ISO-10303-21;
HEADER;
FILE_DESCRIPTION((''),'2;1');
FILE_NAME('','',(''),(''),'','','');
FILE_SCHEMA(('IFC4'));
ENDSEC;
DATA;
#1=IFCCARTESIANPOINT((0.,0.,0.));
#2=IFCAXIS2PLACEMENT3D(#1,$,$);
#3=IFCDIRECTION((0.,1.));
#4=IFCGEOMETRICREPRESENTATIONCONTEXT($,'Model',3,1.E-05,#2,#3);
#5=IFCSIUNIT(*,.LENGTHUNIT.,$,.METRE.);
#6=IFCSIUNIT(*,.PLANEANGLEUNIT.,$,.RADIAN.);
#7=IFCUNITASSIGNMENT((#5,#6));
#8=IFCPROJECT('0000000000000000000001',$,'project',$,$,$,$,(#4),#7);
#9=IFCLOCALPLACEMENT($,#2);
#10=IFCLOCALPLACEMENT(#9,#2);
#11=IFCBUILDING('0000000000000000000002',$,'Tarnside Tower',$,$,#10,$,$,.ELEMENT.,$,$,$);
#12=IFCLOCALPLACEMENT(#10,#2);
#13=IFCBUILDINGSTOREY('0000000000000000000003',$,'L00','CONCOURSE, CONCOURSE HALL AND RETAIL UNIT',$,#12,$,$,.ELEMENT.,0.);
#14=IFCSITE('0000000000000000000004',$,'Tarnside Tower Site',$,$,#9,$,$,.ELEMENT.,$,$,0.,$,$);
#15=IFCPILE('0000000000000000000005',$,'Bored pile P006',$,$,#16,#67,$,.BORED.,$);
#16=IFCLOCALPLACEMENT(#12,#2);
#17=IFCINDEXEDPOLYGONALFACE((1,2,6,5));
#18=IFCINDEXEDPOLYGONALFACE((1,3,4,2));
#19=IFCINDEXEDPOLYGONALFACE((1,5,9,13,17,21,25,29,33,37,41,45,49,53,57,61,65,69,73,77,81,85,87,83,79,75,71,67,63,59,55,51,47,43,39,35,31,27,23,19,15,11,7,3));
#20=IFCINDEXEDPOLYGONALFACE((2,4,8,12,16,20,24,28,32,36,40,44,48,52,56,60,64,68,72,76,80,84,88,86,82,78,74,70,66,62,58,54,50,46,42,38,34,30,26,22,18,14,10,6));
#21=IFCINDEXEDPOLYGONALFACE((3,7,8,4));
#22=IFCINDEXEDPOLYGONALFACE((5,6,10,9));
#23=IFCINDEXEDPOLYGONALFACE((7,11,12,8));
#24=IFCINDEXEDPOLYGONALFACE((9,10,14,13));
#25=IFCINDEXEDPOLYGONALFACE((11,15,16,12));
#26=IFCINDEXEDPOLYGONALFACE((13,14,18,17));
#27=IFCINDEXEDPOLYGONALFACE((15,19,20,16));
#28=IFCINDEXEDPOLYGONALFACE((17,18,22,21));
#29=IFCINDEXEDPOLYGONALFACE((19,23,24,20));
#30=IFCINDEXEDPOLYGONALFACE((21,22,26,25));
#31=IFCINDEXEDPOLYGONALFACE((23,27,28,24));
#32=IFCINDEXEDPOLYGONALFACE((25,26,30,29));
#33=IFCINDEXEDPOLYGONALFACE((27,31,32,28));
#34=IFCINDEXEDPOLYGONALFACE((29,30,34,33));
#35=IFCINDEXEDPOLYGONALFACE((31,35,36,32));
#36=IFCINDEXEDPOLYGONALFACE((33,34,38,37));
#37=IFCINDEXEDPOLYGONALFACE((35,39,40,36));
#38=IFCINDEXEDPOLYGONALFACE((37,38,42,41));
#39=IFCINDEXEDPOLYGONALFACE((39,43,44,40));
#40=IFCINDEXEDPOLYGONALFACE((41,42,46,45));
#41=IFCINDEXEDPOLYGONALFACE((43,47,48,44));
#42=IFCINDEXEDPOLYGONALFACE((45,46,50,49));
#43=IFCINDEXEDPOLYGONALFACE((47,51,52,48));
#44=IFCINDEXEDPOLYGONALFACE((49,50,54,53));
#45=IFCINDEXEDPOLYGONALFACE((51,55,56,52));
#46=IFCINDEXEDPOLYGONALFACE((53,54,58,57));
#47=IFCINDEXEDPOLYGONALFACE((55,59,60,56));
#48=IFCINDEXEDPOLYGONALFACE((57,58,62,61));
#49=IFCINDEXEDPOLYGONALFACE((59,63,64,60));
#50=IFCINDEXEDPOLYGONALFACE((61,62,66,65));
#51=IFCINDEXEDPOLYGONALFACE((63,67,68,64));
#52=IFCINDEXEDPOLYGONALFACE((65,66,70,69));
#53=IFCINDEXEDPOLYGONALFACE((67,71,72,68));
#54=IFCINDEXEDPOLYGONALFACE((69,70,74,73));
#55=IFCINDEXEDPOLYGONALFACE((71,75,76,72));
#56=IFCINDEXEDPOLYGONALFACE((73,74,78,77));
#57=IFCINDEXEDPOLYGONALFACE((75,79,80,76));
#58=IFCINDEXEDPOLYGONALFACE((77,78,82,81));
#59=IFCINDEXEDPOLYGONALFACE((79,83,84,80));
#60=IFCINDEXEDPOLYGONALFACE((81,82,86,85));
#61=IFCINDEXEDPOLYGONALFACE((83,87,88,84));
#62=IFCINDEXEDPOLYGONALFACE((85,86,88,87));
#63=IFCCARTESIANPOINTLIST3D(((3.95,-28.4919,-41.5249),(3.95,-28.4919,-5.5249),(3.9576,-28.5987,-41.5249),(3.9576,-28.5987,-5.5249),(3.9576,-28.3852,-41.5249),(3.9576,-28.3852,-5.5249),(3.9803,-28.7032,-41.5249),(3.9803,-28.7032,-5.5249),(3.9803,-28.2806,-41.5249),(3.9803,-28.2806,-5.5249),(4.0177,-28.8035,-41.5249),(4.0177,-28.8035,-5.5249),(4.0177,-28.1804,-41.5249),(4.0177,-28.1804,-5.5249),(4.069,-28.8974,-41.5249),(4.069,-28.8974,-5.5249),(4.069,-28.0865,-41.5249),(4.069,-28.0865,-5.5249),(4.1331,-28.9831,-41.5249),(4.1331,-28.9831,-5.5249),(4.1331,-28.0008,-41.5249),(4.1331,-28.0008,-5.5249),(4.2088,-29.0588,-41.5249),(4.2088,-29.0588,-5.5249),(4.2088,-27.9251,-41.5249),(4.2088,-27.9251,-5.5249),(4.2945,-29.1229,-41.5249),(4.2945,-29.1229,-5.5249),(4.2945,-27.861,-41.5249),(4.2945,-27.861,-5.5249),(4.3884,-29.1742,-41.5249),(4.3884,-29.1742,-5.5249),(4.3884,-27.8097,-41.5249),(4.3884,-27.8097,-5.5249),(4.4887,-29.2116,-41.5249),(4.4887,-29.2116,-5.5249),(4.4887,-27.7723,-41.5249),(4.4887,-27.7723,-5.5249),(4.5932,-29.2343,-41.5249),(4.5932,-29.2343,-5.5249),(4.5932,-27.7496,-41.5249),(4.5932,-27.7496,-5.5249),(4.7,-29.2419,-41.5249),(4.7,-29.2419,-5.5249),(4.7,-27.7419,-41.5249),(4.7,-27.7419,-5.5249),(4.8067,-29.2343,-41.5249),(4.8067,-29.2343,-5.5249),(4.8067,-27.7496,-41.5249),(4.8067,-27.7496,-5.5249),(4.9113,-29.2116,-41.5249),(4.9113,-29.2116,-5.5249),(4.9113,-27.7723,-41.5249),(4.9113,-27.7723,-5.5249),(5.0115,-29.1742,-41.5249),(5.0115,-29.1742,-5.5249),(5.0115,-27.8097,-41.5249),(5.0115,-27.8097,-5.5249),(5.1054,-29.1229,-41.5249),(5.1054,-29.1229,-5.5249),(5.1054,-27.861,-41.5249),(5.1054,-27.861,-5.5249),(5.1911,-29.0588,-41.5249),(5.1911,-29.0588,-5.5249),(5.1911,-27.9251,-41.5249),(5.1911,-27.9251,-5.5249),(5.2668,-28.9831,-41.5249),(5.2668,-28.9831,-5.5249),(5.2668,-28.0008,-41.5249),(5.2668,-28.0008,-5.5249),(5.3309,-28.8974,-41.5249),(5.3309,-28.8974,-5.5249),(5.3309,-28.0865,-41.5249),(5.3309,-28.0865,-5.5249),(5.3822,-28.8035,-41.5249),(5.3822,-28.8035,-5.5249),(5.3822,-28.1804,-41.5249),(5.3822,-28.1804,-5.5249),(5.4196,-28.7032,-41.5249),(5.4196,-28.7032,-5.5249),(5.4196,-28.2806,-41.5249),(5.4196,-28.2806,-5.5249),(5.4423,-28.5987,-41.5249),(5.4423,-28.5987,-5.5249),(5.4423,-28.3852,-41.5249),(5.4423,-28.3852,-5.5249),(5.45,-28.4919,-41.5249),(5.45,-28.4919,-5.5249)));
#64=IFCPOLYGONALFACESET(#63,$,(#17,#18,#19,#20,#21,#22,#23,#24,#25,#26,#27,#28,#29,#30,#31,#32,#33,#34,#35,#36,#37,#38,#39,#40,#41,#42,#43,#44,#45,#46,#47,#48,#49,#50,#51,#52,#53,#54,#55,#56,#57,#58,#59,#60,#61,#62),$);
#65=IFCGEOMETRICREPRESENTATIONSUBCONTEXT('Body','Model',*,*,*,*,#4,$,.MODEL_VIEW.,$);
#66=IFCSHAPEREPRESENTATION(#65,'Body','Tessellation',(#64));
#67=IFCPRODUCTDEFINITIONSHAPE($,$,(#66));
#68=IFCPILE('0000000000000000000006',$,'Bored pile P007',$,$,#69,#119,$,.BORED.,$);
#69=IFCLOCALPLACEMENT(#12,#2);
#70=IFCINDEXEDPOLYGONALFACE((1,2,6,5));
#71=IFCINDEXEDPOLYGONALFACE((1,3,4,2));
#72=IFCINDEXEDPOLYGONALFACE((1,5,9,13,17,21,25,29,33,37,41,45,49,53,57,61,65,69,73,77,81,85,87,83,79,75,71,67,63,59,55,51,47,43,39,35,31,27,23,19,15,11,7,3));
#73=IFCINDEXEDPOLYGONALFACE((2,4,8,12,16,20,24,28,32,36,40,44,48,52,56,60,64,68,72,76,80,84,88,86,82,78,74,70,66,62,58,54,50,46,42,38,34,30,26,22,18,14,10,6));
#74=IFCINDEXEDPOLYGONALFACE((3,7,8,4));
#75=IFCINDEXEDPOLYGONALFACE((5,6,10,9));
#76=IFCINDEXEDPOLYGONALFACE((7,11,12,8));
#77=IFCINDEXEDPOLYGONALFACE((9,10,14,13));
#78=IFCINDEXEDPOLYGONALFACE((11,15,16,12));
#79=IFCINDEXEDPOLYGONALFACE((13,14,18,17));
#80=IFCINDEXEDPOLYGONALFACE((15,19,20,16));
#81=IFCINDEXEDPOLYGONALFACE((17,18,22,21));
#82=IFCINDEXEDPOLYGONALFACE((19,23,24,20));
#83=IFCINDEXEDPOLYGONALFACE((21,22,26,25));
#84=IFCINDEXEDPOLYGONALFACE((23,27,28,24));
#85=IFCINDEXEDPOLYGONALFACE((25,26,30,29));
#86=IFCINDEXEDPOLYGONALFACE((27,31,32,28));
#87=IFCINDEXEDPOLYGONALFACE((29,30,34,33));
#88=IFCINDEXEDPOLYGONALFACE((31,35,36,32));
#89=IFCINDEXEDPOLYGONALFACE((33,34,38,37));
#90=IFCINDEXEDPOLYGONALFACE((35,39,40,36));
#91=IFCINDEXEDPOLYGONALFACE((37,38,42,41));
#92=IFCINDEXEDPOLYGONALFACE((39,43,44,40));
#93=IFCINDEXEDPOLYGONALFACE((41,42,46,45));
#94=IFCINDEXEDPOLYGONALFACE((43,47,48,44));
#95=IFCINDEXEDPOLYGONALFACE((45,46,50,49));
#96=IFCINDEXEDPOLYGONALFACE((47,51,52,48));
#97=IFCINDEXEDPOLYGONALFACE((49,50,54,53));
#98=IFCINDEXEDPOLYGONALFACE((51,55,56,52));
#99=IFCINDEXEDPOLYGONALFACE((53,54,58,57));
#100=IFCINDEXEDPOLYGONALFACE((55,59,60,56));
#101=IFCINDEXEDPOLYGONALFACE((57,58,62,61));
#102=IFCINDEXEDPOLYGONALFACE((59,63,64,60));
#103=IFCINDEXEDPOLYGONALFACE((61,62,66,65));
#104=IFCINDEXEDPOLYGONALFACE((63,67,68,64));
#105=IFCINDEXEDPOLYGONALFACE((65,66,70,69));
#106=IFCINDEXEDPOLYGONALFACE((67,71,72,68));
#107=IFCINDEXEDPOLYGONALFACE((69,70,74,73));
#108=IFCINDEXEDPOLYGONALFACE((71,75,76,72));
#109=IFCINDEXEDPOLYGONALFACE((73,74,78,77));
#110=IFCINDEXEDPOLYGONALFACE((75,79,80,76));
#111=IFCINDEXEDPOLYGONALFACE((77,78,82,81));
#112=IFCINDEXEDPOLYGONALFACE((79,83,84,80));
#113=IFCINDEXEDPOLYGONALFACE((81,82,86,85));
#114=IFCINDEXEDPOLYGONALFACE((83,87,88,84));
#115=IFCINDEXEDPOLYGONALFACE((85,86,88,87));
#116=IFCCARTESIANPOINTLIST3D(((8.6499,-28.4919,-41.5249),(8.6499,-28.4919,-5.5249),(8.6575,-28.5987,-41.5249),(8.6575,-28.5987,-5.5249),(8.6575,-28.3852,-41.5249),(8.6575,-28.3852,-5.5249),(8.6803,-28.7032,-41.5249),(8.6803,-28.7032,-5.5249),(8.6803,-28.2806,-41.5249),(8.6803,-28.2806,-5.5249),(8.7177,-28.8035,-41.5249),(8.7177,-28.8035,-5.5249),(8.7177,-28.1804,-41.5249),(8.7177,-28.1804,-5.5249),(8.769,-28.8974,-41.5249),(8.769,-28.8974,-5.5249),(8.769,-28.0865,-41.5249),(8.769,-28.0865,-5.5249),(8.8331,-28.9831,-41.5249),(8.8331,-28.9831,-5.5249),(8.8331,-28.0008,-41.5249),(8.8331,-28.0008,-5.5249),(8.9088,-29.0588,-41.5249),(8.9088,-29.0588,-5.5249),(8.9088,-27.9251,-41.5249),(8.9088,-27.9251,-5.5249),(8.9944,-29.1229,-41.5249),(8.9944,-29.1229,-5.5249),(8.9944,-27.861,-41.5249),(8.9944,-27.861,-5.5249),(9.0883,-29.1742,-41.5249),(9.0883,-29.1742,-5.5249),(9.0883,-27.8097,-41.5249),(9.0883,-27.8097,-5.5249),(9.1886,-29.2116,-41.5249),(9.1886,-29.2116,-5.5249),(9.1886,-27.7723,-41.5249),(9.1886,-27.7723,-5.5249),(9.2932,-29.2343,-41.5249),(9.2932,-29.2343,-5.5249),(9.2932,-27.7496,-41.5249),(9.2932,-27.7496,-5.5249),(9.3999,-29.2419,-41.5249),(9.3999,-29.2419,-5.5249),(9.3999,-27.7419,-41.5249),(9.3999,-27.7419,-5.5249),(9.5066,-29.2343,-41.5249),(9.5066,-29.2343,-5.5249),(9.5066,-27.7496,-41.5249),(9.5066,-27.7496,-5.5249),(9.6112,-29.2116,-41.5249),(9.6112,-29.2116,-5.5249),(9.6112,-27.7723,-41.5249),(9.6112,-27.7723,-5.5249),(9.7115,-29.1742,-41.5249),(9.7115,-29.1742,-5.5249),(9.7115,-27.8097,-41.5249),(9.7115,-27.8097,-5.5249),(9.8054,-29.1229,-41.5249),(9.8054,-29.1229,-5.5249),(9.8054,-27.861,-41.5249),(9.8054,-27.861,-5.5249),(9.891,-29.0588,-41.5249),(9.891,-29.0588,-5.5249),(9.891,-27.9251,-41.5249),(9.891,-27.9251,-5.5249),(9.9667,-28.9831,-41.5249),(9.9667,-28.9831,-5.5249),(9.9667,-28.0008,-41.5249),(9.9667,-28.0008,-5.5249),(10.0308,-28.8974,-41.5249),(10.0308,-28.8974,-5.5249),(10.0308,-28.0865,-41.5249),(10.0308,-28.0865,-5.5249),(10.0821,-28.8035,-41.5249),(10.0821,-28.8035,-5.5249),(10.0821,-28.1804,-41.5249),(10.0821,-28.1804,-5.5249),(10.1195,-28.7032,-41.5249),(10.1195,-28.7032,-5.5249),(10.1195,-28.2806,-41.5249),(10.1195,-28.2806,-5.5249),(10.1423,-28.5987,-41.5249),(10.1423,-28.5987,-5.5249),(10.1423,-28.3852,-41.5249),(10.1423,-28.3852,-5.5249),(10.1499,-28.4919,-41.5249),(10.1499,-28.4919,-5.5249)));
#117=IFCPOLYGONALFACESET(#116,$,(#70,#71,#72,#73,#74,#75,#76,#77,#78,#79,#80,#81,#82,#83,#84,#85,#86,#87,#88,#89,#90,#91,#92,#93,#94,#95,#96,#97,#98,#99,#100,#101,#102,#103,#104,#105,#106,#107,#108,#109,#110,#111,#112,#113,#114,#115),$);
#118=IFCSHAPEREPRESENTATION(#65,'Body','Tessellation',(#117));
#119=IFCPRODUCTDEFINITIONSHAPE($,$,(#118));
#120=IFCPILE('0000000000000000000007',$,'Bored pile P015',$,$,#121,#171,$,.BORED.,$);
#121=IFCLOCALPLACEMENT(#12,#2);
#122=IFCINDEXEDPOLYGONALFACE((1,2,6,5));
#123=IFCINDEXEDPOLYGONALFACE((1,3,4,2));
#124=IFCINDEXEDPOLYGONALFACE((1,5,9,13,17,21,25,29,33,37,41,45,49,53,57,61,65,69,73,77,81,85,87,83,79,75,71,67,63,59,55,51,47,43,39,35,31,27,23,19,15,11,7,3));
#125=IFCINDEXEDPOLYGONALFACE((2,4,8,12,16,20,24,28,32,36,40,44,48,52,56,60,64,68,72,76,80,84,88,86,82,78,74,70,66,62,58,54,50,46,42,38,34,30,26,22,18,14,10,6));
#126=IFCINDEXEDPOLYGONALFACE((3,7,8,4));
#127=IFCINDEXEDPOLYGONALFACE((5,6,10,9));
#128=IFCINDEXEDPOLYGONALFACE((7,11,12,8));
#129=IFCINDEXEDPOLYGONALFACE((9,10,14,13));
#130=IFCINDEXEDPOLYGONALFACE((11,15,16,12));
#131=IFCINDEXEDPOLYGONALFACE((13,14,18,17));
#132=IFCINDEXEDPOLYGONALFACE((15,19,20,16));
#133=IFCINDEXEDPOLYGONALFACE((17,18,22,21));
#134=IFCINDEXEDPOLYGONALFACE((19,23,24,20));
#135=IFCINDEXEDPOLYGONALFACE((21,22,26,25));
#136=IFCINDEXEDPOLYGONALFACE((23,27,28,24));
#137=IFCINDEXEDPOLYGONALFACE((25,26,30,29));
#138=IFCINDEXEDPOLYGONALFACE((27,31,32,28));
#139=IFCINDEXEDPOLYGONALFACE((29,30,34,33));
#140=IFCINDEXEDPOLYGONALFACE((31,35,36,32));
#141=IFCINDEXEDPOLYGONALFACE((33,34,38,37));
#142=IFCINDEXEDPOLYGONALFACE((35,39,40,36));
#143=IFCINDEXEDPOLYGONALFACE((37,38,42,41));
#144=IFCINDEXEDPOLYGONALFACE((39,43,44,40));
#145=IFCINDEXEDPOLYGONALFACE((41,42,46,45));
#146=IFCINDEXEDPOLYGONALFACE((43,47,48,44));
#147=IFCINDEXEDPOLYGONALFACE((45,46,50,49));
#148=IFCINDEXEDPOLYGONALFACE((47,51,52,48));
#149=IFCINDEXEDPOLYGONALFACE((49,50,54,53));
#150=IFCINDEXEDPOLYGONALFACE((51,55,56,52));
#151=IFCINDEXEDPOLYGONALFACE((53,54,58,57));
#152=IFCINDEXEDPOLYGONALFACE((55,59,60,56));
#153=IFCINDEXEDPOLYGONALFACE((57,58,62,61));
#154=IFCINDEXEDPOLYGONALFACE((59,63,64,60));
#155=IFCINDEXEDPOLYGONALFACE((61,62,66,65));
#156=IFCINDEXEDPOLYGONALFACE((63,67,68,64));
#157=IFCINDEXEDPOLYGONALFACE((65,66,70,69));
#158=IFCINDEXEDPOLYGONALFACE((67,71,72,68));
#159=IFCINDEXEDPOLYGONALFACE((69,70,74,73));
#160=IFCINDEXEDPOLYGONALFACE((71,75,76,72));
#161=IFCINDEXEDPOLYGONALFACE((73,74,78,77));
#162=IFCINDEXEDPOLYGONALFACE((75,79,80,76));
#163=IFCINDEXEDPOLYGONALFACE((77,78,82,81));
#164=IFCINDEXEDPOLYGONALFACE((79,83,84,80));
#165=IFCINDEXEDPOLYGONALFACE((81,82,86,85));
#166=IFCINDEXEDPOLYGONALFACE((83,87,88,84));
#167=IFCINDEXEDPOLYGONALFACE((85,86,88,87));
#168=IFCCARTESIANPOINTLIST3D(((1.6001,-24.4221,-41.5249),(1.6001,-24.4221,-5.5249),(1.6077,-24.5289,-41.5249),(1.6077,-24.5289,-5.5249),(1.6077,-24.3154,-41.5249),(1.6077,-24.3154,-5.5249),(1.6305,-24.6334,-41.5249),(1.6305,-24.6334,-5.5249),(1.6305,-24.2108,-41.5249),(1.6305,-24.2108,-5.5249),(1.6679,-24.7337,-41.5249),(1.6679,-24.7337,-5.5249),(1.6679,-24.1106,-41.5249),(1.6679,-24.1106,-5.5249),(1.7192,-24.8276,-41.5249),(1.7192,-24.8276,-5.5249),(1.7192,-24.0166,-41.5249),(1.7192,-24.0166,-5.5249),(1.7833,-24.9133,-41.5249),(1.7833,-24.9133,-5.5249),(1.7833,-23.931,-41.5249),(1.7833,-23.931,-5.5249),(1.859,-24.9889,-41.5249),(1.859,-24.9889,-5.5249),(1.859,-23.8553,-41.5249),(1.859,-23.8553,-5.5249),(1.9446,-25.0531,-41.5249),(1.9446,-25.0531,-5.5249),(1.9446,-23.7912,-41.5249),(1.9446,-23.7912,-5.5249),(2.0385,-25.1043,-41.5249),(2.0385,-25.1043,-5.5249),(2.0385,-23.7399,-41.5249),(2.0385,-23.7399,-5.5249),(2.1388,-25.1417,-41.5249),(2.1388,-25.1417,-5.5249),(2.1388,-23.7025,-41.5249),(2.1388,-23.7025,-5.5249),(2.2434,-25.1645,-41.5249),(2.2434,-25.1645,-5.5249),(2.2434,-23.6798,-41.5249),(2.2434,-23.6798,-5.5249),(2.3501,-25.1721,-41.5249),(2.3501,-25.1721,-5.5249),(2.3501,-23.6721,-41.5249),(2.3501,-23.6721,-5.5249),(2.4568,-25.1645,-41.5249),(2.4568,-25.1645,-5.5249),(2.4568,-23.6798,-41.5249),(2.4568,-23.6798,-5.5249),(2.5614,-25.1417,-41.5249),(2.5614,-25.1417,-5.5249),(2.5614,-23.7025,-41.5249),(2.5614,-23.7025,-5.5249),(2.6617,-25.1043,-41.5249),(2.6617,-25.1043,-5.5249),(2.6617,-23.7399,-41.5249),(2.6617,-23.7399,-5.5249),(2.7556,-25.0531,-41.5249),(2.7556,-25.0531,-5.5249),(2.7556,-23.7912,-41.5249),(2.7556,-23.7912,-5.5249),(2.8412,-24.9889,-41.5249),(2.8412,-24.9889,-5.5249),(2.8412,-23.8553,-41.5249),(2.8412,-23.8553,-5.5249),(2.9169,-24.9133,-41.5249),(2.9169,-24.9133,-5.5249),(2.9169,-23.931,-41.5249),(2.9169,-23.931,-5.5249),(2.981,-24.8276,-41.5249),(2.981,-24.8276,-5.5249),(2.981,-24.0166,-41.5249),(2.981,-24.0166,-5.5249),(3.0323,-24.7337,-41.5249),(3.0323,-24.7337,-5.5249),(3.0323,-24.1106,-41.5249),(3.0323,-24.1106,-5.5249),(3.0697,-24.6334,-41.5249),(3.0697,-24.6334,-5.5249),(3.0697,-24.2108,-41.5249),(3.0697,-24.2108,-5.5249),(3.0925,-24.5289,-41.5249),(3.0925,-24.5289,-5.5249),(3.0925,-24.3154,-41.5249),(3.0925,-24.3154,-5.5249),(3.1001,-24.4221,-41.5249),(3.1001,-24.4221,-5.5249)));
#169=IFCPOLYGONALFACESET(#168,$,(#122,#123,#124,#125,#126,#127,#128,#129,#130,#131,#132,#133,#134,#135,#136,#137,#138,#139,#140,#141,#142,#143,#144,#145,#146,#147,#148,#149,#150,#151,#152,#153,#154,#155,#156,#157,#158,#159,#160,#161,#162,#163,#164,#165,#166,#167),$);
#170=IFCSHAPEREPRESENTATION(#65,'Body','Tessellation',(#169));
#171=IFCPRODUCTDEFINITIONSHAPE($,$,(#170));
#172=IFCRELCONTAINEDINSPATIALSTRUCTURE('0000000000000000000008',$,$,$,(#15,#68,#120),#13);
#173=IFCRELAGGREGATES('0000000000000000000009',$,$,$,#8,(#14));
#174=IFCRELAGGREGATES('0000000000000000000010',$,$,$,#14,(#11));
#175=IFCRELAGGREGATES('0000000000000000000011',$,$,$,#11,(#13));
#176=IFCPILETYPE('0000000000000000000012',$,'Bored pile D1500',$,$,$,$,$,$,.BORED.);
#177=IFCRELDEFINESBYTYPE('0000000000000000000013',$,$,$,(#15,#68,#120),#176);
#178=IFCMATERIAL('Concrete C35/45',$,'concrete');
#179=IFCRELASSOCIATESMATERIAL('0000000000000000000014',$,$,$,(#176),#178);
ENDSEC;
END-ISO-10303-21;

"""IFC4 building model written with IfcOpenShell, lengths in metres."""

from ifc_helpers import new_model, si_unit, direction, frame, origin, origin_2d, place, context, subcontext, project, spatial, circle, extrude, material, material_profile, profile_set, type_object, element, save


model = new_model("IFC4")

# Units and contexts
model_context = context("Model", 3, precision=1e-05, world=origin(), true_north=direction((0.0, 1.0)))
body_context = subcontext(model_context, "Body", "Model", "MODEL_VIEW")
ifc_project = project(units=[si_unit("LENGTHUNIT", "METRE"), si_unit("PLANEANGLEUNIT", "RADIAN")], contexts=[model_context])

# Site, building, storey
site_placement = place(None, origin())
site = spatial("IfcSite", under=ifc_project, at=site_placement, Name="Tarnside Tower Site", CompositionType="ELEMENT", RefElevation=0.0)
building_placement = place(site_placement, origin())
building = spatial("IfcBuilding", under=site, at=building_placement, Name="Tarnside Tower", CompositionType="ELEMENT")
storey_placement = place(building_placement, origin())
storey = spatial("IfcBuildingStorey", under=building, at=storey_placement, Name="L00", Description="CONCOURSE, CONCOURSE HALL AND RETAIL UNIT", CompositionType="ELEMENT", Elevation=0.0)

# Piles
ifc_material_1 = material(Name="Concrete C35/45", Category="concrete")
ifc_material_profile_1 = material_profile(ifc_material_1, circle(Radius=0.75, at=origin_2d()), Name="Bored pile D1500")
ifc_profile_set_1 = profile_set([ifc_material_profile_1], Name="Concrete C35/45")
pile_type = type_object("IfcPileType", Name="Bored pile D1500", PredefinedType="BORED", material=ifc_profile_set_1)
for number, where, z_axis, x_axis, name in (
    (1, (4.7, -28.4919, -5.5249), (0.0, 0.0, -1.0), (1.0, 0.0, 0.0), "Bored pile P006"),
    (2, (9.3999, -28.4919, -5.5249), (0.0, 0.0, -1.0), (1.0, 0.0, 0.0), "Bored pile P007"),
    (3, (2.3501, -24.4221, -5.5249), (0.0, 0.0, -1.0), (1.0, 0.0, 0.0), "Bored pile P015"),
):
    element("IfcPile", number, at=place(storey_placement, frame(where, z_axis=z_axis, x_axis=x_axis)), inside=storey, type_object=pile_type, Name=name, PredefinedType="BORED", context=body_context, shape_type="SweptSolid", body=[
        extrude(circle(Radius=0.75, at=origin_2d()), origin(), (0.0, 0.0, 1.0), 36.0),
    ])

save(model, "model.ifc")
